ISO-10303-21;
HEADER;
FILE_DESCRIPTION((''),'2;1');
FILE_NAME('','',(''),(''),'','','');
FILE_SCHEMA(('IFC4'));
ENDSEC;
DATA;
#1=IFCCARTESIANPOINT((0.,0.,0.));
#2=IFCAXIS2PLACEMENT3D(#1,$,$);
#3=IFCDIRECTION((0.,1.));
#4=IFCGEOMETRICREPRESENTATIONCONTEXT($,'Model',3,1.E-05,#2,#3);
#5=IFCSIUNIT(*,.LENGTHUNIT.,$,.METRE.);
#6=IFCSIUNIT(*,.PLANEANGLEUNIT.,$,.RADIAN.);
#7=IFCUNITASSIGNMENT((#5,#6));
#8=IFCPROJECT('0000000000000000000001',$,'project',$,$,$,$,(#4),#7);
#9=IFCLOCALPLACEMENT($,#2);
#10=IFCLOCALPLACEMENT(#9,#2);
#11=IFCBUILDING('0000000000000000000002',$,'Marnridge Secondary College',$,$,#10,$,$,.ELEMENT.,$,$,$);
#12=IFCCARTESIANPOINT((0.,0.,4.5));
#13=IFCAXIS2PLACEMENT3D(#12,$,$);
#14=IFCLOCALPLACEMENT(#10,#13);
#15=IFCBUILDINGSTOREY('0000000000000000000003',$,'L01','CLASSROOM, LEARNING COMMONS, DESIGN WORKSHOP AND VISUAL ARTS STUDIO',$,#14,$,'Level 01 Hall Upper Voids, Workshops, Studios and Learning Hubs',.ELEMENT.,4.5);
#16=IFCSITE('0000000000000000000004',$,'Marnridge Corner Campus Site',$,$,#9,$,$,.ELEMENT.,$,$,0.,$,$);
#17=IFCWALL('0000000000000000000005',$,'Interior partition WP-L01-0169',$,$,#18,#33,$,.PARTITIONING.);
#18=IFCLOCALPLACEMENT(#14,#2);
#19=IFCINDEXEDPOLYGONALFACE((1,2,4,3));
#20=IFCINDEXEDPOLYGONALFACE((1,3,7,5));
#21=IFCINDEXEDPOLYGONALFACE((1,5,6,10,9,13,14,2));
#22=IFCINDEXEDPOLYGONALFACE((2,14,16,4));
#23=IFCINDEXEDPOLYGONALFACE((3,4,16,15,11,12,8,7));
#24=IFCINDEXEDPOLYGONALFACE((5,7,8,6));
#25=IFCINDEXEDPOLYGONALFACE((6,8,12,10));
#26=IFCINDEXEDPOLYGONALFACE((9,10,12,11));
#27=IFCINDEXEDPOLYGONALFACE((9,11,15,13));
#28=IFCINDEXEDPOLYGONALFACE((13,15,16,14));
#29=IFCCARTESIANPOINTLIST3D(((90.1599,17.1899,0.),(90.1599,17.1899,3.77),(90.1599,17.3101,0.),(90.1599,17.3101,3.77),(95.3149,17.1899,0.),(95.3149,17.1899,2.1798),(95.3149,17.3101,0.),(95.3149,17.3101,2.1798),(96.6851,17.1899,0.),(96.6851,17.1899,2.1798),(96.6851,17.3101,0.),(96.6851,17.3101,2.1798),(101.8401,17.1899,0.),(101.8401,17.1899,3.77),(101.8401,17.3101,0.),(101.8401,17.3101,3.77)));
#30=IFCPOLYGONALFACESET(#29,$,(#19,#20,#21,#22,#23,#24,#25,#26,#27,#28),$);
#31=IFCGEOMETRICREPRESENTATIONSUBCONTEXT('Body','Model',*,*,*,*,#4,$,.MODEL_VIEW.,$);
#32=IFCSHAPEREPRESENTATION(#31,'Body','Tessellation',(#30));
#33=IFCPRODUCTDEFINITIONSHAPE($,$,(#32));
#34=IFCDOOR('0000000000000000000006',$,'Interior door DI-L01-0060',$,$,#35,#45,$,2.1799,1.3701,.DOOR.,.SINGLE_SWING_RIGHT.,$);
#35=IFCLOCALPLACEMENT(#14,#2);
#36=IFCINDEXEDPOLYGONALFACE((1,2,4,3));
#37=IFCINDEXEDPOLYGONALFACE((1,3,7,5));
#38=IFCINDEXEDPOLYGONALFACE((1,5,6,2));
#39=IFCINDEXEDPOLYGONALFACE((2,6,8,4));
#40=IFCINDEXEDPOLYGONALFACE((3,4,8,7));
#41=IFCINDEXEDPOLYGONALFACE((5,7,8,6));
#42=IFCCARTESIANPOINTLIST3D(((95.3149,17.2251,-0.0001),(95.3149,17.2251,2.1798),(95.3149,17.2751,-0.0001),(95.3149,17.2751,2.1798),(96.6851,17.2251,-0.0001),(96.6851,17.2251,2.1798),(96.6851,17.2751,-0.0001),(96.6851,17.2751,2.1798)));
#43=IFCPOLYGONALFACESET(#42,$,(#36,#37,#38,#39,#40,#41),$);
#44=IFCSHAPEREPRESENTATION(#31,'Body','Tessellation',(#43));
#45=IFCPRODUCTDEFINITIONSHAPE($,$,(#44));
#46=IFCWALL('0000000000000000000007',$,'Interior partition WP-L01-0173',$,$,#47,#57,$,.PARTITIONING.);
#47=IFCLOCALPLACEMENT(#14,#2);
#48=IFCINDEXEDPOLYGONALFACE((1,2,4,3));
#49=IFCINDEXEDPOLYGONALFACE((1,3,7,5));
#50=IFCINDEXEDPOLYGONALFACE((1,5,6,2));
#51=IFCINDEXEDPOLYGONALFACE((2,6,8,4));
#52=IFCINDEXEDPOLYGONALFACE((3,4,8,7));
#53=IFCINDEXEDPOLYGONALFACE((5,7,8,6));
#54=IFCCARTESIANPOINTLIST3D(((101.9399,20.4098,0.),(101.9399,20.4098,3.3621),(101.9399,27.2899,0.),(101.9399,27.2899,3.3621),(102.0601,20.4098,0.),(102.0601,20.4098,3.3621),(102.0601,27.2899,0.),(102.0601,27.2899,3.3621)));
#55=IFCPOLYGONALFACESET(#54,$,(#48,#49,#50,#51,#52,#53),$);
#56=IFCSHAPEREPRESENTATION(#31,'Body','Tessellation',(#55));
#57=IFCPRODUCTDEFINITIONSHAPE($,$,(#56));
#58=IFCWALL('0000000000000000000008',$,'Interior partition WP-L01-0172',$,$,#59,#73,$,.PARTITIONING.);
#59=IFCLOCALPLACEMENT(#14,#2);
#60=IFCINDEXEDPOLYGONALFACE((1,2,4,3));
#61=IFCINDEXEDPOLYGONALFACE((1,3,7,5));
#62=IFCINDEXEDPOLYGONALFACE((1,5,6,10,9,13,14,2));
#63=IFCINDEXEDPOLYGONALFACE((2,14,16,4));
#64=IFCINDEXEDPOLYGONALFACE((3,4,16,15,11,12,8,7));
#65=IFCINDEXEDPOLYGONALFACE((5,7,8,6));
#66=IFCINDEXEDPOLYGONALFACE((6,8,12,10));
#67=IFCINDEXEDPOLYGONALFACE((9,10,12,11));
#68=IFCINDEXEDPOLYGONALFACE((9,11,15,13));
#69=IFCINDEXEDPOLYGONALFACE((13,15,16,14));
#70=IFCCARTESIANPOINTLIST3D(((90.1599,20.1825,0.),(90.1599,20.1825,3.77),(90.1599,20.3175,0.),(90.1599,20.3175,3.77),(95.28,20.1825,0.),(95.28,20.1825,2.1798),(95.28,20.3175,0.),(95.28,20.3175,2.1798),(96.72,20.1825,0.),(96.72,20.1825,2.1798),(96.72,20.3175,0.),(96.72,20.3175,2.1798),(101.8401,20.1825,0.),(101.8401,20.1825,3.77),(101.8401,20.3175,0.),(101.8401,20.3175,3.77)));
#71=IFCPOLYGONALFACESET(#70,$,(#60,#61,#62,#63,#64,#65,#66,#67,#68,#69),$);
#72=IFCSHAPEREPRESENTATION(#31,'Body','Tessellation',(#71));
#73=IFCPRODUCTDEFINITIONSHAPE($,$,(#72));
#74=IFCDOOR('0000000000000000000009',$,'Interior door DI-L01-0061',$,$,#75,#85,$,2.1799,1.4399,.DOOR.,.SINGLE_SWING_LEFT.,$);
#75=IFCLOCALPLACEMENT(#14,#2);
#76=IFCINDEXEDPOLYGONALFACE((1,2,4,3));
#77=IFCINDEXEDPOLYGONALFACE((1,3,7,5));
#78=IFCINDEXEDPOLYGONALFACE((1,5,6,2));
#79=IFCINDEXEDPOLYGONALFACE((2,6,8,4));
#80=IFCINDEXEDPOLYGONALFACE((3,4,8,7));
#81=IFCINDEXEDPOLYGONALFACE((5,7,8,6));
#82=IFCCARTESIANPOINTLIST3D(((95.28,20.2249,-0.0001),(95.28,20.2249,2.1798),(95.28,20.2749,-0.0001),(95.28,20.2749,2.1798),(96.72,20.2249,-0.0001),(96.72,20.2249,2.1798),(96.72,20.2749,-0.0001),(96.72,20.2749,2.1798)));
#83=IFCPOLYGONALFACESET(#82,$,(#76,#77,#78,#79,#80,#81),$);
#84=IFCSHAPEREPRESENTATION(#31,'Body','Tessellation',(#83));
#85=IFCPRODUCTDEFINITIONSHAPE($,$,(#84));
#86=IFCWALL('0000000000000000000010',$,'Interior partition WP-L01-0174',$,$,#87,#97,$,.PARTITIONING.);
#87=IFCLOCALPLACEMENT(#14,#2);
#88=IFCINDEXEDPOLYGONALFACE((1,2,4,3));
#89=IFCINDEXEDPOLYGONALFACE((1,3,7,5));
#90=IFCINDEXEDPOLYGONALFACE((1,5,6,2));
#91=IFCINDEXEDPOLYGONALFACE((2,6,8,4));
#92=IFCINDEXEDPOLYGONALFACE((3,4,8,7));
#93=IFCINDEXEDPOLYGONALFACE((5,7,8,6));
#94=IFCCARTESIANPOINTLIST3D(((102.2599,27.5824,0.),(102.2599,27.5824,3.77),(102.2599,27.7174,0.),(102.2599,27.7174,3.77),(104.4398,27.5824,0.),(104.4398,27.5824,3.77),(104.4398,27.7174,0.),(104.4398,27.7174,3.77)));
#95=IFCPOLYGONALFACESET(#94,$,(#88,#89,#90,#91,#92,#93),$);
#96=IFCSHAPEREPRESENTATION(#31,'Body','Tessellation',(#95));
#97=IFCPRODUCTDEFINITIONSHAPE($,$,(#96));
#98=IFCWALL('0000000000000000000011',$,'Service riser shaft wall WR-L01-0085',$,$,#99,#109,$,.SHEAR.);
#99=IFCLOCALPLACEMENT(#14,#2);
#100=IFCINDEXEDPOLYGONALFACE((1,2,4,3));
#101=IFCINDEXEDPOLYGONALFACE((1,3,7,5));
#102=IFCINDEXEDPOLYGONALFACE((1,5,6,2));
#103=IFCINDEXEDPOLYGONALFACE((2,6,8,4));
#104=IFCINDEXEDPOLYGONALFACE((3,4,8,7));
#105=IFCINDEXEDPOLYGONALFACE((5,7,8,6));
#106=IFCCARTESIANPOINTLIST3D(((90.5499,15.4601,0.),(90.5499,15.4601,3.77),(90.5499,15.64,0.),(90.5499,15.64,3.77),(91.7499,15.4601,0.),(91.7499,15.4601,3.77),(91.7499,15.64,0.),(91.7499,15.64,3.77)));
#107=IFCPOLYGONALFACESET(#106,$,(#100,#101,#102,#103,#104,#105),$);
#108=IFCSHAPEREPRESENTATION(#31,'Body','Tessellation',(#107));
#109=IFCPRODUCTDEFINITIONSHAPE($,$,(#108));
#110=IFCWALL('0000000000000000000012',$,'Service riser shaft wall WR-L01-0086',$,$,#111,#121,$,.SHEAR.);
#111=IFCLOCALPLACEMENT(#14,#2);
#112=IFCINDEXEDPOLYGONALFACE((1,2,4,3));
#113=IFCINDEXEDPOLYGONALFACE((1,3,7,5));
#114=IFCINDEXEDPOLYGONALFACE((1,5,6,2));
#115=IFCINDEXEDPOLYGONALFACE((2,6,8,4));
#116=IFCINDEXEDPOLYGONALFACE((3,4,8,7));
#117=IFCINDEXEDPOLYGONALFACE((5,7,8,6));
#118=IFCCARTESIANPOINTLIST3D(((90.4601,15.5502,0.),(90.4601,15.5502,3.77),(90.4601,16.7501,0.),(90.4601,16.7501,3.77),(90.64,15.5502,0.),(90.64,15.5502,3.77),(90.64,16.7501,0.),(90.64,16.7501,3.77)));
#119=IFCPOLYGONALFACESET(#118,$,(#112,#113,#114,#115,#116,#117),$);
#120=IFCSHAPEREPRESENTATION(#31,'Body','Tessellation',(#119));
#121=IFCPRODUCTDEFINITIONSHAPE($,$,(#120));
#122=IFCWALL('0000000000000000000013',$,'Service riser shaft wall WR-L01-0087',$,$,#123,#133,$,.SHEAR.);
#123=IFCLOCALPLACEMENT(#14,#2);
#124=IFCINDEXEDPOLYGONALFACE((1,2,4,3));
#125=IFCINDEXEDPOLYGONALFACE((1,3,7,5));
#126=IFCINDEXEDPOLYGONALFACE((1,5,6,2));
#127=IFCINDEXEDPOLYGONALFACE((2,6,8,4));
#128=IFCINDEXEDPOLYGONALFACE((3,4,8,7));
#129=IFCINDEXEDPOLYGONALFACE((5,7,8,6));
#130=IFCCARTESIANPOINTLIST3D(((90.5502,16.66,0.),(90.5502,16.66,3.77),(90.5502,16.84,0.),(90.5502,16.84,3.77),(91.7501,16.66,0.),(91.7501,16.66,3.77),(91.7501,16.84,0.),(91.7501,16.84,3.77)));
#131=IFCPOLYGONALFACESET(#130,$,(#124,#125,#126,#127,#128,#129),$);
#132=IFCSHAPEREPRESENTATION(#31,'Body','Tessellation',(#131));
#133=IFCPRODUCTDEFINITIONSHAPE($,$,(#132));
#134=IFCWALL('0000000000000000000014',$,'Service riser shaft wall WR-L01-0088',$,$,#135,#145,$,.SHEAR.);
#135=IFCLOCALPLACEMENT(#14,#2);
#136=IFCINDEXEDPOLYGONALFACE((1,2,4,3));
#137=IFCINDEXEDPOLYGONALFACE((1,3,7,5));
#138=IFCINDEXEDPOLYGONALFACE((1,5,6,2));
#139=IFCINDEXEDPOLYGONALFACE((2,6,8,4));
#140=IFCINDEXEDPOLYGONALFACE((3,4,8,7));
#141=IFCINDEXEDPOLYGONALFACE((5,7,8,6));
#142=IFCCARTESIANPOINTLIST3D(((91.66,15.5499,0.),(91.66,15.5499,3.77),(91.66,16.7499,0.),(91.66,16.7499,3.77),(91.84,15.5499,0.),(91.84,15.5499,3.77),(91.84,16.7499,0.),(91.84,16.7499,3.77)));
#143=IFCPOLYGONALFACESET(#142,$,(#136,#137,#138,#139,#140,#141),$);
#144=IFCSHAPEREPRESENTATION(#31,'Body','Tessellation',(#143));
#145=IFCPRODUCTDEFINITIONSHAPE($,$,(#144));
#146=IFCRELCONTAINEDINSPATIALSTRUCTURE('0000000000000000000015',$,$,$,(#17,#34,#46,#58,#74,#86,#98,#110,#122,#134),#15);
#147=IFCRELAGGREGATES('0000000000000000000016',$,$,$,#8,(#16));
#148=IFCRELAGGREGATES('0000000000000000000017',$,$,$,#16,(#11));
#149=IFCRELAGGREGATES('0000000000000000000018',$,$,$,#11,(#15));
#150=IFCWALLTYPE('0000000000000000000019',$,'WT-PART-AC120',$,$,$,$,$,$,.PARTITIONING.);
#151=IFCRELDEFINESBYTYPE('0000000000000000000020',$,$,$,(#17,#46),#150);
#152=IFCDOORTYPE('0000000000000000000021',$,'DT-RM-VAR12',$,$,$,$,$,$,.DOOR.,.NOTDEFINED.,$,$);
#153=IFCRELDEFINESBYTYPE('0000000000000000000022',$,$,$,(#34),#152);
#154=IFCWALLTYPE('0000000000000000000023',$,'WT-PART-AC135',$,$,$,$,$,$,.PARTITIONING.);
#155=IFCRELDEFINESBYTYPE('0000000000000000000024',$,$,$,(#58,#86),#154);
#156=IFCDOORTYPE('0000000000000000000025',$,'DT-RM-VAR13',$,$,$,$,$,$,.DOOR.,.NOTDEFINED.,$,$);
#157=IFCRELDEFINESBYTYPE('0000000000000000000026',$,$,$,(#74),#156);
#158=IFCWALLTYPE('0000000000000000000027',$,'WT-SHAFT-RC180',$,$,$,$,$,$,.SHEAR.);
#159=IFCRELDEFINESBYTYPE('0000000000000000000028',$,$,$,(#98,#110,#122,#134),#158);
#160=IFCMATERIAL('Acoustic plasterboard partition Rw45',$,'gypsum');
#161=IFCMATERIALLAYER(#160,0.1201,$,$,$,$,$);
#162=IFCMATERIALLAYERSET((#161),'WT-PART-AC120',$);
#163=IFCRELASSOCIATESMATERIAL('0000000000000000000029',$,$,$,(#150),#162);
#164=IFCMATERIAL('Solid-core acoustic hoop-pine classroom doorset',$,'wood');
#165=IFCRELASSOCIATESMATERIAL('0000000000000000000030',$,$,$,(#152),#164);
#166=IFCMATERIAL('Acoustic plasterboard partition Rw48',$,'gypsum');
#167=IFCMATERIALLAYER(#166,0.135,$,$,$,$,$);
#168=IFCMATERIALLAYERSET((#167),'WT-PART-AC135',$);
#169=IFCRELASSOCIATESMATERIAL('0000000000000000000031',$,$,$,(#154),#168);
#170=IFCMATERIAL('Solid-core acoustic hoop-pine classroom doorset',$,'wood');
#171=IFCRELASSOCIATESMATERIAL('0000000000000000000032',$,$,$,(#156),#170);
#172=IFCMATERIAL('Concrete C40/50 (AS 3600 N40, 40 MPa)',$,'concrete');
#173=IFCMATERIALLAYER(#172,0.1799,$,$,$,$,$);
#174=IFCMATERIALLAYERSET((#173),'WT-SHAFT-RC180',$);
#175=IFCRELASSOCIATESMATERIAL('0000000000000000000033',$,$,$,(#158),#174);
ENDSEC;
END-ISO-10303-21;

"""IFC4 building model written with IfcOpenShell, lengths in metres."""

from ifc_helpers import new_model, si_unit, direction, frame, frame_2d, origin, place, context, subcontext, project, spatial, rectangle, extrude, material, layer, layer_set, type_object, element, fill, save


model = new_model("IFC4")

# Units and contexts
model_context = context("Model", 3, precision=1e-05, world=origin(), true_north=direction((0.0, 1.0)))
body_context = subcontext(model_context, "Body", "Model", "MODEL_VIEW")
ifc_project = project(units=[si_unit("LENGTHUNIT", "METRE"), si_unit("PLANEANGLEUNIT", "RADIAN")], contexts=[model_context])

# Site, building, storey
site_placement = place(None, origin())
site = spatial("IfcSite", under=ifc_project, at=site_placement, Name="Marnridge Corner Campus Site", CompositionType="ELEMENT", RefElevation=0.0)
building_placement = place(site_placement, origin())
building = spatial("IfcBuilding", under=site, at=building_placement, Name="Marnridge Secondary College", CompositionType="ELEMENT")
storey_placement = place(building_placement, frame((0.0, 0.0, 4.5)))
storey = spatial("IfcBuildingStorey", under=building, at=storey_placement, Name="L01", Description="CLASSROOM, LEARNING COMMONS, DESIGN WORKSHOP AND VISUAL ARTS STUDIO", LongName="Level 01 Hall Upper Voids, Workshops, Studios and Learning Hubs", CompositionType="ELEMENT", Elevation=4.5)

# Wall, opening, door
ifc_material_1 = material(Name="Acoustic plasterboard partition Rw45", Category="gypsum")
ifc_layer_1 = layer(ifc_material_1, 0.1201)
ifc_layer_set_1 = layer_set([ifc_layer_1], Name="WT-PART-AC120")
wall_type_1 = type_object("IfcWallType", Name="WT-PART-AC120", PredefinedType="PARTITIONING", material=ifc_layer_set_1)
wall_1_placement = place(storey_placement, frame((101.8401, 17.25, 0.0), z_axis=(0.0, 0.0, 1.0), x_axis=(-1.0, 0.0, 0.0)))
wall_1 = element("IfcWall", 1, at=wall_1_placement, inside=storey, type_object=wall_type_1, Name="Interior partition WP-L01-0169", PredefinedType="PARTITIONING", context=body_context, shape_type="SweptSolid", body=[
    extrude(rectangle(XDim=11.6802, YDim=0.1201, at=frame_2d((5.8401, 0.0))), origin(), (0.0, 0.0, 1.0), 3.77),
])
opening_1_placement = place(wall_1_placement, frame((5.155, 0.0, 0.0)))
opening_1 = element("IfcOpeningElement", 2, at=opening_1_placement, cuts=wall_1, PredefinedType="OPENING", context=body_context, shape_type="SweptSolid", body=[
    extrude(rectangle(XDim=1.3701, YDim=2.1799, at=frame_2d((0.6851, 1.0898))), frame((0.0, 0.0701, 0.0), z_axis=(0.0, -1.0, 0.0), x_axis=(1.0, 0.0, 0.0)), (0.0, 0.0, 1.0), 0.1401),
])
ifc_material_2 = material(Name="Solid-core acoustic hoop-pine classroom doorset", Category="wood")
door_type_1 = type_object("IfcDoorType", Name="DT-RM-VAR12", OperationType="NOTDEFINED", PredefinedType="DOOR", material=ifc_material_2)
door_1_placement = place(opening_1_placement, origin())
door_1 = element("IfcDoor", 3, at=door_1_placement, inside=storey, type_object=door_type_1, Name="Interior door DI-L01-0060", OperationType="SINGLE_SWING_RIGHT", OverallHeight=2.1799, OverallWidth=1.3701, PredefinedType="DOOR", context=body_context, shape_type="SweptSolid", body=[
    extrude(rectangle(XDim=1.3701, YDim=2.1799, at=frame_2d((0.6851, 1.0898))), frame((0.0, 0.0249, 0.0), z_axis=(0.0, -1.0, 0.0), x_axis=(1.0, 0.0, 0.0)), (0.0, 0.0, 1.0), 0.05),
])
fill(opening_1, door_1)

# Wall
wall_2_placement = place(storey_placement, frame((102.0, 20.4099, 0.0), z_axis=(0.0, 0.0, 1.0), x_axis=(0.0, 1.0, 0.0)))
element("IfcWall", 4, at=wall_2_placement, inside=storey, type_object=wall_type_1, Name="Interior partition WP-L01-0173", PredefinedType="PARTITIONING", context=body_context, shape_type="SweptSolid", body=[
    extrude(rectangle(XDim=6.8801, YDim=0.1201, at=frame_2d((3.4399, 0.0))), origin(), (0.0, 0.0, 1.0), 3.3621),
])

# Wall, opening, door
ifc_material_3 = material(Name="Acoustic plasterboard partition Rw48", Category="gypsum")
ifc_layer_2 = layer(ifc_material_3, 0.135)
ifc_layer_set_2 = layer_set([ifc_layer_2], Name="WT-PART-AC135")
wall_type_2 = type_object("IfcWallType", Name="WT-PART-AC135", PredefinedType="PARTITIONING", material=ifc_layer_set_2)
wall_3_placement = place(storey_placement, frame((90.1599, 20.25, 0.0), z_axis=(0.0, 0.0, 1.0), x_axis=(1.0, 0.0, 0.0)))
wall_3 = element("IfcWall", 5, at=wall_3_placement, inside=storey, type_object=wall_type_2, Name="Interior partition WP-L01-0172", PredefinedType="PARTITIONING", context=body_context, shape_type="SweptSolid", body=[
    extrude(rectangle(XDim=11.6802, YDim=0.135, at=frame_2d((5.8401, 0.0))), origin(), (0.0, 0.0, 1.0), 3.77),
])
opening_2_placement = place(wall_3_placement, frame((5.1201, 0.0, 0.0)))
opening_2 = element("IfcOpeningElement", 6, at=opening_2_placement, cuts=wall_3, PredefinedType="OPENING", context=body_context, shape_type="SweptSolid", body=[
    extrude(rectangle(XDim=1.4399, YDim=2.1799, at=frame_2d((0.72, 1.0898))), frame((0.0, 0.0774, 0.0), z_axis=(0.0, -1.0, 0.0), x_axis=(1.0, 0.0, 0.0)), (0.0, 0.0, 1.0), 0.155),
])
ifc_material_4 = material(Name="Solid-core acoustic hoop-pine classroom doorset", Category="wood")
door_type_2 = type_object("IfcDoorType", Name="DT-RM-VAR13", OperationType="NOTDEFINED", PredefinedType="DOOR", material=ifc_material_4)
door_2_placement = place(opening_2_placement, origin())
door_2 = element("IfcDoor", 7, at=door_2_placement, inside=storey, type_object=door_type_2, Name="Interior door DI-L01-0061", OperationType="SINGLE_SWING_LEFT", OverallHeight=2.1799, OverallWidth=1.4399, PredefinedType="DOOR", context=body_context, shape_type="SweptSolid", body=[
    extrude(rectangle(XDim=1.4399, YDim=2.1799, at=frame_2d((0.72, 1.0898))), frame((0.0, 0.0249, 0.0), z_axis=(0.0, -1.0, 0.0), x_axis=(1.0, 0.0, 0.0)), (0.0, 0.0, 1.0), 0.05),
])
fill(opening_2, door_2)

# Walls
wall_4_placement = place(storey_placement, frame((102.26, 27.6499, 0.0), z_axis=(0.0, 0.0, 1.0), x_axis=(1.0, 0.0, 0.0)))
element("IfcWall", 8, at=wall_4_placement, inside=storey, type_object=wall_type_2, Name="Interior partition WP-L01-0174", PredefinedType="PARTITIONING", context=body_context, shape_type="SweptSolid", body=[
    extrude(rectangle(XDim=2.1799, YDim=0.135, at=frame_2d((1.0898, 0.0))), origin(), (0.0, 0.0, 1.0), 3.77),
])
ifc_material_5 = material(Name="Concrete C40/50 (AS 3600 N40, 40 MPa)", Category="concrete")
ifc_layer_3 = layer(ifc_material_5, 0.1799)
ifc_layer_set_3 = layer_set([ifc_layer_3], Name="WT-SHAFT-RC180")
wall_type_3 = type_object("IfcWallType", Name="WT-SHAFT-RC180", PredefinedType="SHEAR", material=ifc_layer_set_3)
for number, where, z_axis, x_axis, name in (
    (9, (91.75, 15.55, 0.0), (0.0, 0.0, 1.0), (-1.0, 0.0, 0.0), "Service riser shaft wall WR-L01-0085"),
    (10, (90.55, 15.55, 0.0), (0.0, 0.0, 1.0), (0.0, 1.0, 0.0), "Service riser shaft wall WR-L01-0086"),
    (11, (90.55, 16.75, 0.0), (0.0, 0.0, 1.0), (1.0, 0.0, 0.0), "Service riser shaft wall WR-L01-0087"),
    (12, (91.75, 16.75, 0.0), (0.0, 0.0, 1.0), (0.0, -1.0, 0.0), "Service riser shaft wall WR-L01-0088"),
):
    element("IfcWall", number, at=place(storey_placement, frame(where, z_axis=z_axis, x_axis=x_axis)), inside=storey, type_object=wall_type_3, Name=name, PredefinedType="SHEAR", context=body_context, shape_type="SweptSolid", body=[
        extrude(rectangle(XDim=1.2, YDim=0.1799, at=frame_2d((0.6001, 0.0))), origin(), (0.0, 0.0, 1.0), 3.77),
    ])

save(model, "model.ifc")
